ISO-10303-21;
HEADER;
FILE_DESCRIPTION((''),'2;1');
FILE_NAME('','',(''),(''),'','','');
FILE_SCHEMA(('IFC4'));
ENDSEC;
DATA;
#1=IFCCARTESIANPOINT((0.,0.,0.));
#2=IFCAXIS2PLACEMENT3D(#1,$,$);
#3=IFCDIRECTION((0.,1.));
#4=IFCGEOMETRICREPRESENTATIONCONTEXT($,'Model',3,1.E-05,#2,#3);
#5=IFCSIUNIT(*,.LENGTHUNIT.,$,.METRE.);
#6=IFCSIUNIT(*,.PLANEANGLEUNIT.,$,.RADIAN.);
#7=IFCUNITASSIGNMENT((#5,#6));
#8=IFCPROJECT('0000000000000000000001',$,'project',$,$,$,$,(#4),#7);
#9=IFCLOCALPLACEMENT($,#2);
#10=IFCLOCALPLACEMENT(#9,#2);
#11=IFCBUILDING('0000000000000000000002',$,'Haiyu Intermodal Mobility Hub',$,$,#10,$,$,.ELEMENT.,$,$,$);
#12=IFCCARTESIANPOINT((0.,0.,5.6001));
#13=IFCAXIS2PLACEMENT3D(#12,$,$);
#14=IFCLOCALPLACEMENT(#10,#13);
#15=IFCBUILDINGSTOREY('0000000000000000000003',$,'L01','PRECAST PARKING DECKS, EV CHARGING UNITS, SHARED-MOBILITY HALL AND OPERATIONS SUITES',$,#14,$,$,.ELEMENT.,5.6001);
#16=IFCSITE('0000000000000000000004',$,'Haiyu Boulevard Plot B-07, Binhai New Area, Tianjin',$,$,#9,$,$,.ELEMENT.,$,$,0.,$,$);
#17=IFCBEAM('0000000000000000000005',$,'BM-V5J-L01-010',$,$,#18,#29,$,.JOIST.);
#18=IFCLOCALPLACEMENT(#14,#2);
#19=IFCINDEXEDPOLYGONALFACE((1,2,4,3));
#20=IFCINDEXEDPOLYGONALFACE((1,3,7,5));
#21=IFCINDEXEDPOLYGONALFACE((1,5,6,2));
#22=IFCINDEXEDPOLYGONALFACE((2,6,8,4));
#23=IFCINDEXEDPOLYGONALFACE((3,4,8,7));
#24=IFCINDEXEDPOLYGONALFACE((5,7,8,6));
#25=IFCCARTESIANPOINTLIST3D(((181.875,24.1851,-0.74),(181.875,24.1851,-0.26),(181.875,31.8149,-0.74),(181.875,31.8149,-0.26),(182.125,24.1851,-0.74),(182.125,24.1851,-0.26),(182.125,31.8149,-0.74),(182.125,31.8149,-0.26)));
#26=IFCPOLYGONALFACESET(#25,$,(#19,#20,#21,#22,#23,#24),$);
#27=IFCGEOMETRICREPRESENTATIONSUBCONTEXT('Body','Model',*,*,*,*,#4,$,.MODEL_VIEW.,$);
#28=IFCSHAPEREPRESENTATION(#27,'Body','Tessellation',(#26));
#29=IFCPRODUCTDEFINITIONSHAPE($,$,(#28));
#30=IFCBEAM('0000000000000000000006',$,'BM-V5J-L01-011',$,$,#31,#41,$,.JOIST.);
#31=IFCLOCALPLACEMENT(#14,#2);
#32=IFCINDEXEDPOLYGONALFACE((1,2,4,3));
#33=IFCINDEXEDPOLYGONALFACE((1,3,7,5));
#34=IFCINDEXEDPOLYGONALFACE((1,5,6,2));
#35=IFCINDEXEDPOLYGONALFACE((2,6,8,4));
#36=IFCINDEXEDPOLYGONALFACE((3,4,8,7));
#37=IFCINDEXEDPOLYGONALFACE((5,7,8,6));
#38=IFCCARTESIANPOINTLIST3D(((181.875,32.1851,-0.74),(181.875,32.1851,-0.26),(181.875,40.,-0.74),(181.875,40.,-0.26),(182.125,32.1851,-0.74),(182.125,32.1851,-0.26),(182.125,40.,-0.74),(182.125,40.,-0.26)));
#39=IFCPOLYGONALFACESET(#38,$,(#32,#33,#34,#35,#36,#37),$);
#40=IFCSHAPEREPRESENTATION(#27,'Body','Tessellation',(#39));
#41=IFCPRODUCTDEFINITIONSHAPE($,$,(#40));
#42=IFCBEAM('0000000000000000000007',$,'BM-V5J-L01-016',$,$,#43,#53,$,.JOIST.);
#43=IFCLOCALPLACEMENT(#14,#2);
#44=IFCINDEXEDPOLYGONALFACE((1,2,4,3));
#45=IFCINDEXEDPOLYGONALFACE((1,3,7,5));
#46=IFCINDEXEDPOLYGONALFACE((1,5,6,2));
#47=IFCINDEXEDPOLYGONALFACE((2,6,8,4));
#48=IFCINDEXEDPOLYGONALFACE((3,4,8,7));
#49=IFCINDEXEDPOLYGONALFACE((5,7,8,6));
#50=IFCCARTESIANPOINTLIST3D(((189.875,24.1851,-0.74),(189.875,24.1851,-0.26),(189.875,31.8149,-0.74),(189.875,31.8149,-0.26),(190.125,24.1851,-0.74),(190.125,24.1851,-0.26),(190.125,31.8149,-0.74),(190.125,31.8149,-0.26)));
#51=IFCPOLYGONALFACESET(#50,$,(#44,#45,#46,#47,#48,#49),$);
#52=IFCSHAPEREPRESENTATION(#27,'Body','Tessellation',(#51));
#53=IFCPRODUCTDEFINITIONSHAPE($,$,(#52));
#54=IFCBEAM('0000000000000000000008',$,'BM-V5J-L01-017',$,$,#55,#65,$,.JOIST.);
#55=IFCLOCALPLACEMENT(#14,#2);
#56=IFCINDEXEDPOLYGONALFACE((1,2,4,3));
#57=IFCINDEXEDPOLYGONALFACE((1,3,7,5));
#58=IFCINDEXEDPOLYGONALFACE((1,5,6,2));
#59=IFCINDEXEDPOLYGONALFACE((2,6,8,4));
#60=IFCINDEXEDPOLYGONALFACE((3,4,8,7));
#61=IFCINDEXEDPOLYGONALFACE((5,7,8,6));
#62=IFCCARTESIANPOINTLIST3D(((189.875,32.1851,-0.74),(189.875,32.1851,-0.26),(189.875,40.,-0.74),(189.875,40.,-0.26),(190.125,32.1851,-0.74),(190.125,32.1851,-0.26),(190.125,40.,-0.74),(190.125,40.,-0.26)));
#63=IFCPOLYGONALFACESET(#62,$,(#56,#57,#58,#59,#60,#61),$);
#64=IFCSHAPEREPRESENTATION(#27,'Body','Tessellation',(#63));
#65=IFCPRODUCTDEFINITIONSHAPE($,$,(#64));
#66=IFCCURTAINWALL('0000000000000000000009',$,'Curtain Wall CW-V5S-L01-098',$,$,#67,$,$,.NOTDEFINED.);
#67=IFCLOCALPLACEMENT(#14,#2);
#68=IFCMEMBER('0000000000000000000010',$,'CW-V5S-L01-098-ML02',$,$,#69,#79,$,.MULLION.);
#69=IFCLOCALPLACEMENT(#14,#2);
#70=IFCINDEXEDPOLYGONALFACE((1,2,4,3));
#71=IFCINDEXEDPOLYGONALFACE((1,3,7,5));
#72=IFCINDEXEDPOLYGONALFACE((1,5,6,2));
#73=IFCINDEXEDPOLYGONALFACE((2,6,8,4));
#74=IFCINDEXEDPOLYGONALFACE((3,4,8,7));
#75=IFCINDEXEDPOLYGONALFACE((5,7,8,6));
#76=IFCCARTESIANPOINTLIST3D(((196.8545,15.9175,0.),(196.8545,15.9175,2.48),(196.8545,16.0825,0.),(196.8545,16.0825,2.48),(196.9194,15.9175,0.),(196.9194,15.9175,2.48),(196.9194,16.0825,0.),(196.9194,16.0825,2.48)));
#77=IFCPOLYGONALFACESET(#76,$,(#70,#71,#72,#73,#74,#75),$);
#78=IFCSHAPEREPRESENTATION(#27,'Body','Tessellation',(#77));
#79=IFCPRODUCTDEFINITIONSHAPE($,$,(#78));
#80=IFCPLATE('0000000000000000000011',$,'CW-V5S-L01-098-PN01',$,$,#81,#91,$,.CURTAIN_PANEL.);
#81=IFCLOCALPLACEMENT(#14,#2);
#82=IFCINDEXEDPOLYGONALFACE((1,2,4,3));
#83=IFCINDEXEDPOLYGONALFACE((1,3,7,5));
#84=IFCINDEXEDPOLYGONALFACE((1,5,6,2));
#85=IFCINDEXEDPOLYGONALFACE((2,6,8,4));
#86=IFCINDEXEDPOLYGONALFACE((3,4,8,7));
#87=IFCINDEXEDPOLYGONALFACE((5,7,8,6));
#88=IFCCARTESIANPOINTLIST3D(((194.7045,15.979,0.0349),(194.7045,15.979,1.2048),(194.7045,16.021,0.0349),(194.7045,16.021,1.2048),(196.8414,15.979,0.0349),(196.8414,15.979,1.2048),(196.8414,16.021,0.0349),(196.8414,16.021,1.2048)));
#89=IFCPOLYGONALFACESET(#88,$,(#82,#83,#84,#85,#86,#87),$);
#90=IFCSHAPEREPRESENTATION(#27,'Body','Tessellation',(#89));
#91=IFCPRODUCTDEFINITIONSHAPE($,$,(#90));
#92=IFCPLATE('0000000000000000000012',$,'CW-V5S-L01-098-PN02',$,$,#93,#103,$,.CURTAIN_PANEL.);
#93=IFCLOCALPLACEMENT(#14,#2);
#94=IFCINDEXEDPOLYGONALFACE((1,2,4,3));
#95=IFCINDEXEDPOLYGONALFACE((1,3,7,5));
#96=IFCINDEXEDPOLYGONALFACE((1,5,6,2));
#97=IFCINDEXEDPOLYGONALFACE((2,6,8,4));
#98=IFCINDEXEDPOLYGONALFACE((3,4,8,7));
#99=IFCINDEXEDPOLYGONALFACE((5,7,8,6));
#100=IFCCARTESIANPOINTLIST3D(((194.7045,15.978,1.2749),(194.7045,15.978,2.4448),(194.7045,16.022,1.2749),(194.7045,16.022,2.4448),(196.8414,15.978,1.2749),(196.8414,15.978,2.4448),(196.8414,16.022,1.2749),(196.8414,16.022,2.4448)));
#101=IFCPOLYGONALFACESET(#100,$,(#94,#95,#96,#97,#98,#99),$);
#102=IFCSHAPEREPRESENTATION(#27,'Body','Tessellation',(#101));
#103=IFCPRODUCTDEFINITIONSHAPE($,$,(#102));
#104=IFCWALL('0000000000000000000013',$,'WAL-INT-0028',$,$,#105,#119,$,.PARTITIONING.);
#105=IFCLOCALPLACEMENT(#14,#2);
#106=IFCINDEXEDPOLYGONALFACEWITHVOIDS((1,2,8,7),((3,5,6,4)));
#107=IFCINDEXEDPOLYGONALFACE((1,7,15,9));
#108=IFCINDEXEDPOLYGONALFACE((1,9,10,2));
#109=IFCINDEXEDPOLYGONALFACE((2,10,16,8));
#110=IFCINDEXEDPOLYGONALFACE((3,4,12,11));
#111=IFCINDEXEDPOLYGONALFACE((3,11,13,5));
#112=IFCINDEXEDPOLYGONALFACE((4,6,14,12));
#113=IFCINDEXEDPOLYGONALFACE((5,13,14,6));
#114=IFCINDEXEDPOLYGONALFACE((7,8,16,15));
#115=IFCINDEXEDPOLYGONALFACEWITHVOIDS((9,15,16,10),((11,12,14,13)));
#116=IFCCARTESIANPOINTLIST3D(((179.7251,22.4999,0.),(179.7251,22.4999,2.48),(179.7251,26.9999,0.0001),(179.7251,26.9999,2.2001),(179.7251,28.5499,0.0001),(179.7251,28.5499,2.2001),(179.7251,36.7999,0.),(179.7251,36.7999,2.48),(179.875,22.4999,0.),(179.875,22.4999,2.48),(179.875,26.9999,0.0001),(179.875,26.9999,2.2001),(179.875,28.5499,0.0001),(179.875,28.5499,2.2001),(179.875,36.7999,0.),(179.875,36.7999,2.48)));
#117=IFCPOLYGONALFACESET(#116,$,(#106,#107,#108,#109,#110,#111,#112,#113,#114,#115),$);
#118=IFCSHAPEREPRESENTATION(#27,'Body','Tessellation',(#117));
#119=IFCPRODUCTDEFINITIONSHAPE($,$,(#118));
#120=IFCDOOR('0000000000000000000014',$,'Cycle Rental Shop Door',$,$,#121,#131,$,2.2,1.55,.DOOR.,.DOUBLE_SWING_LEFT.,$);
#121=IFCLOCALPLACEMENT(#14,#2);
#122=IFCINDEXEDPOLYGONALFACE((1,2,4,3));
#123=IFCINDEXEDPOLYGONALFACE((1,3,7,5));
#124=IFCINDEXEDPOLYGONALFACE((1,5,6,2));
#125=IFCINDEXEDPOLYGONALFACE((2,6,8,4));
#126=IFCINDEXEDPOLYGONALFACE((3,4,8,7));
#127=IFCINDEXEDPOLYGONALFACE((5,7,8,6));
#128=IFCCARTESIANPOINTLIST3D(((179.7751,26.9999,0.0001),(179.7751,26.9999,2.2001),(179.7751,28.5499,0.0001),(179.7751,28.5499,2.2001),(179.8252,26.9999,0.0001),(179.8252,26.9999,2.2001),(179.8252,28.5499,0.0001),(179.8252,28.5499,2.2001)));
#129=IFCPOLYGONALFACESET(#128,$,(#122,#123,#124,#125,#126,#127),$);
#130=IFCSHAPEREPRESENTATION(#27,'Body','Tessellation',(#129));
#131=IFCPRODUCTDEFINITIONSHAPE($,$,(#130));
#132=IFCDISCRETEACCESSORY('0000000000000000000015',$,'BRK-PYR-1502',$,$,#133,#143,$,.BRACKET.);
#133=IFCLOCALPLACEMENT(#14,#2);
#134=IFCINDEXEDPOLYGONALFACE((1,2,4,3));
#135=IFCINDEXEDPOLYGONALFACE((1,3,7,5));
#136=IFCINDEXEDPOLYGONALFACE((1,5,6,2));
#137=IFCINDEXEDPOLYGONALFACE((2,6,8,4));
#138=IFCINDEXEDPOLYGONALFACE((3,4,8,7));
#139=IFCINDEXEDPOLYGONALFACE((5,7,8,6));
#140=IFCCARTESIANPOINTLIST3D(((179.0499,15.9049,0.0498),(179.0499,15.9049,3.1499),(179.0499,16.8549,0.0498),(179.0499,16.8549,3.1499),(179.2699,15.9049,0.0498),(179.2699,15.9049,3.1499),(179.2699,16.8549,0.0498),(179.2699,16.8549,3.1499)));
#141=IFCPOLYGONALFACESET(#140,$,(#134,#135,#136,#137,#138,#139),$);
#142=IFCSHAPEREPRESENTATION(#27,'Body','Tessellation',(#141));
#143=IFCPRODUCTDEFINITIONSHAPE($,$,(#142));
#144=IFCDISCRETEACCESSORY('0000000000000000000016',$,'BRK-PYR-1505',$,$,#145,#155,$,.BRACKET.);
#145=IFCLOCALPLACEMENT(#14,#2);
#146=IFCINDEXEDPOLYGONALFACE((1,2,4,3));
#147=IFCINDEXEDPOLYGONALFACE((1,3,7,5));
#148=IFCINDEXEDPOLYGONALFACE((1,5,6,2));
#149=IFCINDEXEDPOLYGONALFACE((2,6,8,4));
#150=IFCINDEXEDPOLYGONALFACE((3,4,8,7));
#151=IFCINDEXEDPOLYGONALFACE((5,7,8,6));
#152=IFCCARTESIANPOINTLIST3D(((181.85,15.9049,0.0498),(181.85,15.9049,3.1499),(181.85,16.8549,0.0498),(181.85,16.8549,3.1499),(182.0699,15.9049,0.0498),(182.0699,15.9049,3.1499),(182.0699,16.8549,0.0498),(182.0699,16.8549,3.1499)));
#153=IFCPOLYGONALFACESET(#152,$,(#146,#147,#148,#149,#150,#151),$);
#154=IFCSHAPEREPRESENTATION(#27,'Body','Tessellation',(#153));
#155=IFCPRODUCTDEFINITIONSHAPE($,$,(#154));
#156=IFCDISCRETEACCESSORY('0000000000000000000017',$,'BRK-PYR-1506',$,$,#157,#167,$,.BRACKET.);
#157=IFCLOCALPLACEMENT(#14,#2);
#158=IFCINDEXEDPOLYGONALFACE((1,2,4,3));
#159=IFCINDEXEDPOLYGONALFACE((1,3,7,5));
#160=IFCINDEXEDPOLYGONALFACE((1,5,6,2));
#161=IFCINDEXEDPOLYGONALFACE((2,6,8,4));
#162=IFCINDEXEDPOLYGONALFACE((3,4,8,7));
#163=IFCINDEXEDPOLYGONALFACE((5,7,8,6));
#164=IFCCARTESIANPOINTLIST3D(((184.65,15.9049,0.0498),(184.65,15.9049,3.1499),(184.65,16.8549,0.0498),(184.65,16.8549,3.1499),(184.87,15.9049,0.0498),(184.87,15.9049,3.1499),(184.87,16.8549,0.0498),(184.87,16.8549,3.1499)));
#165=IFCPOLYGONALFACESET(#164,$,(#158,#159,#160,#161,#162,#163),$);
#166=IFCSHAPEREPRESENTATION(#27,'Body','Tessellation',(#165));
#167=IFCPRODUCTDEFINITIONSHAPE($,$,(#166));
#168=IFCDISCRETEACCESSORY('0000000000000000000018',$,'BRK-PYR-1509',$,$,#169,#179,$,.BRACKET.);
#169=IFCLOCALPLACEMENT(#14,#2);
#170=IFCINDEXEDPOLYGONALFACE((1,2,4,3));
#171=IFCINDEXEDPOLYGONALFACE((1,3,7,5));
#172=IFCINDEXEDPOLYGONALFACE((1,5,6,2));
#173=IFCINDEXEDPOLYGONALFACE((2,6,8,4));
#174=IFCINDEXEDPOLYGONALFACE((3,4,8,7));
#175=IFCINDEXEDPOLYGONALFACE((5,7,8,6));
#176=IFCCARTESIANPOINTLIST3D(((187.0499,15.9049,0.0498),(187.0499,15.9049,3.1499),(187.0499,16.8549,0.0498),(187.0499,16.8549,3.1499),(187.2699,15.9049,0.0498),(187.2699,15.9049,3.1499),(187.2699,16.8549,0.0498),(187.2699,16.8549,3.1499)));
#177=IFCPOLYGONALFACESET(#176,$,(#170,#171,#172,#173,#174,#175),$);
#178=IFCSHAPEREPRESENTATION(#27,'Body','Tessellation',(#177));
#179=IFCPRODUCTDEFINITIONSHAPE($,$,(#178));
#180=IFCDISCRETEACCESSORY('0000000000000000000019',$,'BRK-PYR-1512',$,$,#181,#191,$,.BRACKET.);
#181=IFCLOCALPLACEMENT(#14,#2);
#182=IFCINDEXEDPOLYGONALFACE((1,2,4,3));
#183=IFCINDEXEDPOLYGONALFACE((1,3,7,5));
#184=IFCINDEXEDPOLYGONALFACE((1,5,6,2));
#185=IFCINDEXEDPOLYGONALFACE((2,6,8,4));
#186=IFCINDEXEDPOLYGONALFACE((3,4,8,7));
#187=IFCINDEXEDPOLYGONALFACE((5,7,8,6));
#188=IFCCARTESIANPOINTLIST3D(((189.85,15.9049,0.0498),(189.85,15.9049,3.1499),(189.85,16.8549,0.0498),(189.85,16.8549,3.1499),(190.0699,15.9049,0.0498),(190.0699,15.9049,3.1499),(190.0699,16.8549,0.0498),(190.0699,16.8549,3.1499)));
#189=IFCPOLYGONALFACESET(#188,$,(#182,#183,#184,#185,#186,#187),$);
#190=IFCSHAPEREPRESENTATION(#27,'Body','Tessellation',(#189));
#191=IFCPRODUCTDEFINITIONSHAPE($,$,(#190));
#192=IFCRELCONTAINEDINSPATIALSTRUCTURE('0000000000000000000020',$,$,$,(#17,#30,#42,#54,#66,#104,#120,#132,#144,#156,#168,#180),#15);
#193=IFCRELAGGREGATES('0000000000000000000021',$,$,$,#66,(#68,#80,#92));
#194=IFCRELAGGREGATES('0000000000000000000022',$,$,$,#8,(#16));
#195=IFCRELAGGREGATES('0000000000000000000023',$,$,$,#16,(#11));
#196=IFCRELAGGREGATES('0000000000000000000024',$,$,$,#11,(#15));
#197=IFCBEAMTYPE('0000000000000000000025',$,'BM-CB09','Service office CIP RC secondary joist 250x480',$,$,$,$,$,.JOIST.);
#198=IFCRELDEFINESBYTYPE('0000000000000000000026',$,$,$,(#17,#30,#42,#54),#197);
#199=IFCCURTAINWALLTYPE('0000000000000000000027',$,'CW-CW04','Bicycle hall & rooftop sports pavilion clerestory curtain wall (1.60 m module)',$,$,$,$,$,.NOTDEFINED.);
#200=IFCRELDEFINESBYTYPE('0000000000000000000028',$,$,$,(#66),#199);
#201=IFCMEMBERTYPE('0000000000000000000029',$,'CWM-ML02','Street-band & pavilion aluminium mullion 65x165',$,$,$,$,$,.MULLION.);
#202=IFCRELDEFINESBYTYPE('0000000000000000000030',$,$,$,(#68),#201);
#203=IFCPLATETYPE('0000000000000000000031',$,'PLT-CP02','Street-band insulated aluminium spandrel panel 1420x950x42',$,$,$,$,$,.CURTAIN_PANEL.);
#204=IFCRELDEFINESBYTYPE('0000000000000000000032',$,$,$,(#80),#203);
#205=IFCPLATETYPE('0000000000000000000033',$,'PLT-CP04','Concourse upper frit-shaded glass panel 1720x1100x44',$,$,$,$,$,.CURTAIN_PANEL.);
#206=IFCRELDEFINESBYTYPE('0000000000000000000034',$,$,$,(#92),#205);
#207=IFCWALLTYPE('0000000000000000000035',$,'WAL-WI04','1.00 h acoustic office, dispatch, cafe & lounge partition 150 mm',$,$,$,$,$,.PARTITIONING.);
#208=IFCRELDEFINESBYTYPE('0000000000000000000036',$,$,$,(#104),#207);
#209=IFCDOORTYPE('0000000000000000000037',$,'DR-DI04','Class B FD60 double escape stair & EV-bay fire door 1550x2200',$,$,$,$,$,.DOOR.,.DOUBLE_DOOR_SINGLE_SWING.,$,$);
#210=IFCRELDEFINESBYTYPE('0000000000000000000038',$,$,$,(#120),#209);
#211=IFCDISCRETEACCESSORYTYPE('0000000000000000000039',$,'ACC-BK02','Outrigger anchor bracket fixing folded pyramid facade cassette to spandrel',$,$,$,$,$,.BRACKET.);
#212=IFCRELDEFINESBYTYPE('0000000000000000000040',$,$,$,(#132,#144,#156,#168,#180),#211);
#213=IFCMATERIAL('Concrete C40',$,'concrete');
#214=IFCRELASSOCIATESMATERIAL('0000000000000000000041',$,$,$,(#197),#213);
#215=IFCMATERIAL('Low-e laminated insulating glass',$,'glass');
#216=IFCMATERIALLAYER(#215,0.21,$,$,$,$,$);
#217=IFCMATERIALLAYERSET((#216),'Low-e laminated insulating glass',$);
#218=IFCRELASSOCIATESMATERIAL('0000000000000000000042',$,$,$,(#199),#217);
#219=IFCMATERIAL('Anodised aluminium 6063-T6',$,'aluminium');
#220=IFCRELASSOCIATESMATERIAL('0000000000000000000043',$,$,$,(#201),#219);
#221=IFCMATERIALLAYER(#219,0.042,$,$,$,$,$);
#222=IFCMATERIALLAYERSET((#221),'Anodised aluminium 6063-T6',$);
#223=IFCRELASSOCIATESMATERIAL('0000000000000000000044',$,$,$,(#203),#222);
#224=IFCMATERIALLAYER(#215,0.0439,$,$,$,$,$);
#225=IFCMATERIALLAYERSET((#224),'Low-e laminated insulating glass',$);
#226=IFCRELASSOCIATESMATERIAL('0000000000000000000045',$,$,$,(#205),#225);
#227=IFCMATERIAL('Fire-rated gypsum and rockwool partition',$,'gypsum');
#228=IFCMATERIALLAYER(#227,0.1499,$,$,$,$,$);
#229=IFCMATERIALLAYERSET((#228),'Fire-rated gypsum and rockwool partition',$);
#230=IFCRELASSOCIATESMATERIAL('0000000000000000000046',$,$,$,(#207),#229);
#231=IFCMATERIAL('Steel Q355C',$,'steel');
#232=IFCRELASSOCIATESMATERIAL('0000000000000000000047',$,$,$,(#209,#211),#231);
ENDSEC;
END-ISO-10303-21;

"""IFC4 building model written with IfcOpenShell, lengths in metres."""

from ifc_helpers import new_model, si_unit, direction, frame, frame_2d, origin, origin_2d, place, context, subcontext, project, spatial, rectangle, extrude, material, layer, layer_set, material_profile, profile_set, type_object, element, fill, aggregate, save


model = new_model("IFC4")

# Units and contexts
model_context = context("Model", 3, precision=1e-05, world=origin(), true_north=direction((0.0, 1.0)))
body_context = subcontext(model_context, "Body", "Model", "MODEL_VIEW")
ifc_project = project(units=[si_unit("LENGTHUNIT", "METRE"), si_unit("PLANEANGLEUNIT", "RADIAN")], contexts=[model_context])

# Site, building, storey
site_placement = place(None, origin())
site = spatial("IfcSite", under=ifc_project, at=site_placement, Name="Haiyu Boulevard Plot B-07, Binhai New Area, Tianjin", CompositionType="ELEMENT", RefElevation=0.0)
building_placement = place(site_placement, origin())
building = spatial("IfcBuilding", under=site, at=building_placement, Name="Haiyu Intermodal Mobility Hub", CompositionType="ELEMENT")
storey_placement = place(building_placement, frame((0.0, 0.0, 5.6001)))
storey = spatial("IfcBuildingStorey", under=building, at=storey_placement, Name="L01", Description="PRECAST PARKING DECKS, EV CHARGING UNITS, SHARED-MOBILITY HALL AND OPERATIONS SUITES", CompositionType="ELEMENT", Elevation=5.6001)

# Shared definitions
ifc_material_1 = material(Name="Concrete C40", Category="concrete")

# Beams
ifc_material_profile_1 = material_profile(ifc_material_1, rectangle(XDim=0.25, YDim=0.48, at=origin_2d()), Name="RCB250x480")
ifc_profile_set_1 = profile_set([ifc_material_profile_1], Name="Concrete C40")
beam_type_1 = type_object("IfcBeamType", Name="BM-CB09", Description="Service office CIP RC secondary joist 250x480", PredefinedType="JOIST", material=ifc_profile_set_1)
beam_1_placement = place(storey_placement, frame((182.0, 24.1851, -0.5), z_axis=(0.0, 1.0, 0.0), x_axis=(-1.0, 0.0, 0.0)))
element("IfcBeam", 1, at=beam_1_placement, inside=storey, type_object=beam_type_1, Name="BM-V5J-L01-010", PredefinedType="JOIST", context=body_context, shape_type="SweptSolid", body=[
    extrude(rectangle(XDim=0.25, YDim=0.48, at=origin_2d()), origin(), (0.0, 0.0, 1.0), 7.6299),
])
beam_2_placement = place(storey_placement, frame((182.0, 32.1851, -0.5), z_axis=(0.0, 1.0, 0.0), x_axis=(-1.0, 0.0, 0.0)))
element("IfcBeam", 2, at=beam_2_placement, inside=storey, type_object=beam_type_1, Name="BM-V5J-L01-011", PredefinedType="JOIST", context=body_context, shape_type="SweptSolid", body=[
    extrude(rectangle(XDim=0.25, YDim=0.48, at=origin_2d()), origin(), (0.0, 0.0, 1.0), 7.8149),
])
beam_3_placement = place(storey_placement, frame((190.0, 24.1851, -0.5), z_axis=(0.0, 1.0, 0.0), x_axis=(-1.0, 0.0, 0.0)))
element("IfcBeam", 3, at=beam_3_placement, inside=storey, type_object=beam_type_1, Name="BM-V5J-L01-016", PredefinedType="JOIST", context=body_context, shape_type="SweptSolid", body=[
    extrude(rectangle(XDim=0.25, YDim=0.48, at=origin_2d()), origin(), (0.0, 0.0, 1.0), 7.6299),
])
beam_4_placement = place(storey_placement, frame((190.0, 32.1851, -0.5), z_axis=(0.0, 1.0, 0.0), x_axis=(-1.0, 0.0, 0.0)))
element("IfcBeam", 4, at=beam_4_placement, inside=storey, type_object=beam_type_1, Name="BM-V5J-L01-017", PredefinedType="JOIST", context=body_context, shape_type="SweptSolid", body=[
    extrude(rectangle(XDim=0.25, YDim=0.48, at=origin_2d()), origin(), (0.0, 0.0, 1.0), 7.8149),
])

# Curtain wall, member, plates
ifc_material_2 = material(Name="Low-e laminated insulating glass", Category="glass")
ifc_layer_1 = layer(ifc_material_2, 0.21)
ifc_layer_set_1 = layer_set([ifc_layer_1], Name="Low-e laminated insulating glass")
curtain_wall_type = type_object("IfcCurtainWallType", Name="CW-CW04", Description="Bicycle hall & rooftop sports pavilion clerestory curtain wall (1.60 m module)", PredefinedType="NOTDEFINED", material=ifc_layer_set_1)
curtain_wall_placement = place(storey_placement, origin())
curtain_wall = element("IfcCurtainWall", 5, at=curtain_wall_placement, inside=storey, type_object=curtain_wall_type, Name="Curtain Wall CW-V5S-L01-098", PredefinedType="NOTDEFINED")
ifc_material_3 = material(Name="Anodised aluminium 6063-T6", Category="aluminium")
ifc_material_profile_2 = material_profile(ifc_material_3, rectangle(XDim=0.0649, YDim=0.165, at=origin_2d()), Name="ALU65x165")
ifc_profile_set_2 = profile_set([ifc_material_profile_2], Name="Anodised aluminium 6063-T6")
member_type = type_object("IfcMemberType", Name="CWM-ML02", Description="Street-band & pavilion aluminium mullion 65x165", PredefinedType="MULLION", material=ifc_profile_set_2)
member_placement = place(storey_placement, frame((196.887, 16.0, 0.0), z_axis=(0.0, 0.0, 1.0), x_axis=(1.0, 0.0, 0.0)))
member = element("IfcMember", 6, at=member_placement, type_object=member_type, Name="CW-V5S-L01-098-ML02", PredefinedType="MULLION", context=body_context, shape_type="SweptSolid", body=[
    extrude(rectangle(XDim=0.0649, YDim=0.165, at=origin_2d()), origin(), (0.0, 0.0, 1.0), 2.48),
])
ifc_layer_2 = layer(ifc_material_3, 0.042)
ifc_layer_set_2 = layer_set([ifc_layer_2], Name="Anodised aluminium 6063-T6")
plate_type_1 = type_object("IfcPlateType", Name="PLT-CP02", Description="Street-band insulated aluminium spandrel panel 1420x950x42", PredefinedType="CURTAIN_PANEL", material=ifc_layer_set_2)
plate_1_placement = place(storey_placement, frame((195.7729, 16.0, 0.0349), z_axis=(0.0, 0.0, 1.0), x_axis=(1.0, 0.0, 0.0)))
plate_1 = element("IfcPlate", 7, at=plate_1_placement, type_object=plate_type_1, Name="CW-V5S-L01-098-PN01", PredefinedType="CURTAIN_PANEL", context=body_context, shape_type="SweptSolid", body=[
    extrude(rectangle(XDim=2.137, YDim=0.042, at=origin_2d()), origin(), (0.0, 0.0, 1.0), 1.1699),
])
ifc_layer_3 = layer(ifc_material_2, 0.0439)
ifc_layer_set_3 = layer_set([ifc_layer_3], Name="Low-e laminated insulating glass")
plate_type_2 = type_object("IfcPlateType", Name="PLT-CP04", Description="Concourse upper frit-shaded glass panel 1720x1100x44", PredefinedType="CURTAIN_PANEL", material=ifc_layer_set_3)
plate_2_placement = place(storey_placement, frame((195.7729, 16.0, 1.2749), z_axis=(0.0, 0.0, 1.0), x_axis=(1.0, 0.0, 0.0)))
plate_2 = element("IfcPlate", 8, at=plate_2_placement, type_object=plate_type_2, Name="CW-V5S-L01-098-PN02", PredefinedType="CURTAIN_PANEL", context=body_context, shape_type="SweptSolid", body=[
    extrude(rectangle(XDim=2.137, YDim=0.0439, at=origin_2d()), origin(), (0.0, 0.0, 1.0), 1.1699),
])
aggregate(curtain_wall, [member, plate_1, plate_2])

# Wall, opening, door
ifc_material_4 = material(Name="Fire-rated gypsum and rockwool partition", Category="gypsum")
ifc_layer_4 = layer(ifc_material_4, 0.1499)
ifc_layer_set_4 = layer_set([ifc_layer_4], Name="Fire-rated gypsum and rockwool partition")
wall_type = type_object("IfcWallType", Name="WAL-WI04", Description="1.00 h acoustic office, dispatch, cafe & lounge partition 150 mm", PredefinedType="PARTITIONING", material=ifc_layer_set_4)
wall_placement = place(storey_placement, frame((179.8, 22.5, 0.0), z_axis=(0.0, 0.0, 1.0), x_axis=(0.0, 1.0, 0.0)))
wall = element("IfcWall", 9, at=wall_placement, inside=storey, type_object=wall_type, Name="WAL-INT-0028", PredefinedType="PARTITIONING", context=body_context, shape_type="SweptSolid", body=[
    extrude(rectangle(XDim=14.3, YDim=0.1499, at=frame_2d((7.1499, 0.0))), origin(), (0.0, 0.0, 1.0), 2.48),
])
opening_placement = place(wall_placement, frame((4.5, 0.0, 0.0)))
opening = element("IfcOpeningElement", 10, at=opening_placement, cuts=wall, PredefinedType="OPENING", context=body_context, shape_type="SweptSolid", body=[
    extrude(rectangle(XDim=1.55, YDim=2.2, at=frame_2d((0.7749, 1.1001))), frame((0.0, 0.085, 0.0), z_axis=(0.0, -1.0, 0.0), x_axis=(1.0, 0.0, 0.0)), (0.0, 0.0, 1.0), 0.1699),
])
ifc_material_5 = material(Name="Steel Q355C", Category="steel")
door_type = type_object("IfcDoorType", Name="DR-DI04", Description="Class B FD60 double escape stair & EV-bay fire door 1550x2200", OperationType="DOUBLE_DOOR_SINGLE_SWING", PredefinedType="DOOR", material=ifc_material_5)
door_placement = place(opening_placement, origin())
door = element("IfcDoor", 11, at=door_placement, inside=storey, type_object=door_type, Name="Cycle Rental Shop Door", OperationType="DOUBLE_SWING_LEFT", OverallHeight=2.2, OverallWidth=1.55, PredefinedType="DOOR", context=body_context, shape_type="SweptSolid", body=[
    extrude(rectangle(XDim=1.55, YDim=2.2, at=frame_2d((0.7749, 1.1001))), frame((0.0, 0.0249, 0.0), z_axis=(0.0, -1.0, 0.0), x_axis=(1.0, 0.0, 0.0)), (0.0, 0.0, 1.0), 0.05),
])
fill(opening, door)

# Discrete accessories
discrete_accessory_type = type_object("IfcDiscreteAccessoryType", Name="ACC-BK02", Description="Outrigger anchor bracket fixing folded pyramid facade cassette to spandrel", PredefinedType="BRACKET", material=ifc_material_5)
for number, where, z_axis, x_axis, name in (
    (12, (179.1599, 16.3799, 0.0498), (0.0, 0.0, 1.0), (1.0, 0.0, 0.0), "BRK-PYR-1502"),
    (13, (181.96, 16.3799, 0.0498), (0.0, 0.0, 1.0), (1.0, 0.0, 0.0), "BRK-PYR-1505"),
    (14, (184.76, 16.3799, 0.0498), (0.0, 0.0, 1.0), (1.0, 0.0, 0.0), "BRK-PYR-1506"),
    (15, (187.1599, 16.3799, 0.0498), (0.0, 0.0, 1.0), (1.0, 0.0, 0.0), "BRK-PYR-1509"),
    (16, (189.96, 16.3799, 0.0498), (0.0, 0.0, 1.0), (1.0, 0.0, 0.0), "BRK-PYR-1512"),
):
    element("IfcDiscreteAccessory", number, at=place(storey_placement, frame(where, z_axis=z_axis, x_axis=x_axis)), inside=storey, type_object=discrete_accessory_type, Name=name, PredefinedType="BRACKET", context=body_context, shape_type="SweptSolid", body=[
        extrude(rectangle(XDim=0.22, YDim=0.95, at=origin_2d()), origin(), (0.0, 0.0, 1.0), 3.1001),
    ])

save(model, "model.ifc")
